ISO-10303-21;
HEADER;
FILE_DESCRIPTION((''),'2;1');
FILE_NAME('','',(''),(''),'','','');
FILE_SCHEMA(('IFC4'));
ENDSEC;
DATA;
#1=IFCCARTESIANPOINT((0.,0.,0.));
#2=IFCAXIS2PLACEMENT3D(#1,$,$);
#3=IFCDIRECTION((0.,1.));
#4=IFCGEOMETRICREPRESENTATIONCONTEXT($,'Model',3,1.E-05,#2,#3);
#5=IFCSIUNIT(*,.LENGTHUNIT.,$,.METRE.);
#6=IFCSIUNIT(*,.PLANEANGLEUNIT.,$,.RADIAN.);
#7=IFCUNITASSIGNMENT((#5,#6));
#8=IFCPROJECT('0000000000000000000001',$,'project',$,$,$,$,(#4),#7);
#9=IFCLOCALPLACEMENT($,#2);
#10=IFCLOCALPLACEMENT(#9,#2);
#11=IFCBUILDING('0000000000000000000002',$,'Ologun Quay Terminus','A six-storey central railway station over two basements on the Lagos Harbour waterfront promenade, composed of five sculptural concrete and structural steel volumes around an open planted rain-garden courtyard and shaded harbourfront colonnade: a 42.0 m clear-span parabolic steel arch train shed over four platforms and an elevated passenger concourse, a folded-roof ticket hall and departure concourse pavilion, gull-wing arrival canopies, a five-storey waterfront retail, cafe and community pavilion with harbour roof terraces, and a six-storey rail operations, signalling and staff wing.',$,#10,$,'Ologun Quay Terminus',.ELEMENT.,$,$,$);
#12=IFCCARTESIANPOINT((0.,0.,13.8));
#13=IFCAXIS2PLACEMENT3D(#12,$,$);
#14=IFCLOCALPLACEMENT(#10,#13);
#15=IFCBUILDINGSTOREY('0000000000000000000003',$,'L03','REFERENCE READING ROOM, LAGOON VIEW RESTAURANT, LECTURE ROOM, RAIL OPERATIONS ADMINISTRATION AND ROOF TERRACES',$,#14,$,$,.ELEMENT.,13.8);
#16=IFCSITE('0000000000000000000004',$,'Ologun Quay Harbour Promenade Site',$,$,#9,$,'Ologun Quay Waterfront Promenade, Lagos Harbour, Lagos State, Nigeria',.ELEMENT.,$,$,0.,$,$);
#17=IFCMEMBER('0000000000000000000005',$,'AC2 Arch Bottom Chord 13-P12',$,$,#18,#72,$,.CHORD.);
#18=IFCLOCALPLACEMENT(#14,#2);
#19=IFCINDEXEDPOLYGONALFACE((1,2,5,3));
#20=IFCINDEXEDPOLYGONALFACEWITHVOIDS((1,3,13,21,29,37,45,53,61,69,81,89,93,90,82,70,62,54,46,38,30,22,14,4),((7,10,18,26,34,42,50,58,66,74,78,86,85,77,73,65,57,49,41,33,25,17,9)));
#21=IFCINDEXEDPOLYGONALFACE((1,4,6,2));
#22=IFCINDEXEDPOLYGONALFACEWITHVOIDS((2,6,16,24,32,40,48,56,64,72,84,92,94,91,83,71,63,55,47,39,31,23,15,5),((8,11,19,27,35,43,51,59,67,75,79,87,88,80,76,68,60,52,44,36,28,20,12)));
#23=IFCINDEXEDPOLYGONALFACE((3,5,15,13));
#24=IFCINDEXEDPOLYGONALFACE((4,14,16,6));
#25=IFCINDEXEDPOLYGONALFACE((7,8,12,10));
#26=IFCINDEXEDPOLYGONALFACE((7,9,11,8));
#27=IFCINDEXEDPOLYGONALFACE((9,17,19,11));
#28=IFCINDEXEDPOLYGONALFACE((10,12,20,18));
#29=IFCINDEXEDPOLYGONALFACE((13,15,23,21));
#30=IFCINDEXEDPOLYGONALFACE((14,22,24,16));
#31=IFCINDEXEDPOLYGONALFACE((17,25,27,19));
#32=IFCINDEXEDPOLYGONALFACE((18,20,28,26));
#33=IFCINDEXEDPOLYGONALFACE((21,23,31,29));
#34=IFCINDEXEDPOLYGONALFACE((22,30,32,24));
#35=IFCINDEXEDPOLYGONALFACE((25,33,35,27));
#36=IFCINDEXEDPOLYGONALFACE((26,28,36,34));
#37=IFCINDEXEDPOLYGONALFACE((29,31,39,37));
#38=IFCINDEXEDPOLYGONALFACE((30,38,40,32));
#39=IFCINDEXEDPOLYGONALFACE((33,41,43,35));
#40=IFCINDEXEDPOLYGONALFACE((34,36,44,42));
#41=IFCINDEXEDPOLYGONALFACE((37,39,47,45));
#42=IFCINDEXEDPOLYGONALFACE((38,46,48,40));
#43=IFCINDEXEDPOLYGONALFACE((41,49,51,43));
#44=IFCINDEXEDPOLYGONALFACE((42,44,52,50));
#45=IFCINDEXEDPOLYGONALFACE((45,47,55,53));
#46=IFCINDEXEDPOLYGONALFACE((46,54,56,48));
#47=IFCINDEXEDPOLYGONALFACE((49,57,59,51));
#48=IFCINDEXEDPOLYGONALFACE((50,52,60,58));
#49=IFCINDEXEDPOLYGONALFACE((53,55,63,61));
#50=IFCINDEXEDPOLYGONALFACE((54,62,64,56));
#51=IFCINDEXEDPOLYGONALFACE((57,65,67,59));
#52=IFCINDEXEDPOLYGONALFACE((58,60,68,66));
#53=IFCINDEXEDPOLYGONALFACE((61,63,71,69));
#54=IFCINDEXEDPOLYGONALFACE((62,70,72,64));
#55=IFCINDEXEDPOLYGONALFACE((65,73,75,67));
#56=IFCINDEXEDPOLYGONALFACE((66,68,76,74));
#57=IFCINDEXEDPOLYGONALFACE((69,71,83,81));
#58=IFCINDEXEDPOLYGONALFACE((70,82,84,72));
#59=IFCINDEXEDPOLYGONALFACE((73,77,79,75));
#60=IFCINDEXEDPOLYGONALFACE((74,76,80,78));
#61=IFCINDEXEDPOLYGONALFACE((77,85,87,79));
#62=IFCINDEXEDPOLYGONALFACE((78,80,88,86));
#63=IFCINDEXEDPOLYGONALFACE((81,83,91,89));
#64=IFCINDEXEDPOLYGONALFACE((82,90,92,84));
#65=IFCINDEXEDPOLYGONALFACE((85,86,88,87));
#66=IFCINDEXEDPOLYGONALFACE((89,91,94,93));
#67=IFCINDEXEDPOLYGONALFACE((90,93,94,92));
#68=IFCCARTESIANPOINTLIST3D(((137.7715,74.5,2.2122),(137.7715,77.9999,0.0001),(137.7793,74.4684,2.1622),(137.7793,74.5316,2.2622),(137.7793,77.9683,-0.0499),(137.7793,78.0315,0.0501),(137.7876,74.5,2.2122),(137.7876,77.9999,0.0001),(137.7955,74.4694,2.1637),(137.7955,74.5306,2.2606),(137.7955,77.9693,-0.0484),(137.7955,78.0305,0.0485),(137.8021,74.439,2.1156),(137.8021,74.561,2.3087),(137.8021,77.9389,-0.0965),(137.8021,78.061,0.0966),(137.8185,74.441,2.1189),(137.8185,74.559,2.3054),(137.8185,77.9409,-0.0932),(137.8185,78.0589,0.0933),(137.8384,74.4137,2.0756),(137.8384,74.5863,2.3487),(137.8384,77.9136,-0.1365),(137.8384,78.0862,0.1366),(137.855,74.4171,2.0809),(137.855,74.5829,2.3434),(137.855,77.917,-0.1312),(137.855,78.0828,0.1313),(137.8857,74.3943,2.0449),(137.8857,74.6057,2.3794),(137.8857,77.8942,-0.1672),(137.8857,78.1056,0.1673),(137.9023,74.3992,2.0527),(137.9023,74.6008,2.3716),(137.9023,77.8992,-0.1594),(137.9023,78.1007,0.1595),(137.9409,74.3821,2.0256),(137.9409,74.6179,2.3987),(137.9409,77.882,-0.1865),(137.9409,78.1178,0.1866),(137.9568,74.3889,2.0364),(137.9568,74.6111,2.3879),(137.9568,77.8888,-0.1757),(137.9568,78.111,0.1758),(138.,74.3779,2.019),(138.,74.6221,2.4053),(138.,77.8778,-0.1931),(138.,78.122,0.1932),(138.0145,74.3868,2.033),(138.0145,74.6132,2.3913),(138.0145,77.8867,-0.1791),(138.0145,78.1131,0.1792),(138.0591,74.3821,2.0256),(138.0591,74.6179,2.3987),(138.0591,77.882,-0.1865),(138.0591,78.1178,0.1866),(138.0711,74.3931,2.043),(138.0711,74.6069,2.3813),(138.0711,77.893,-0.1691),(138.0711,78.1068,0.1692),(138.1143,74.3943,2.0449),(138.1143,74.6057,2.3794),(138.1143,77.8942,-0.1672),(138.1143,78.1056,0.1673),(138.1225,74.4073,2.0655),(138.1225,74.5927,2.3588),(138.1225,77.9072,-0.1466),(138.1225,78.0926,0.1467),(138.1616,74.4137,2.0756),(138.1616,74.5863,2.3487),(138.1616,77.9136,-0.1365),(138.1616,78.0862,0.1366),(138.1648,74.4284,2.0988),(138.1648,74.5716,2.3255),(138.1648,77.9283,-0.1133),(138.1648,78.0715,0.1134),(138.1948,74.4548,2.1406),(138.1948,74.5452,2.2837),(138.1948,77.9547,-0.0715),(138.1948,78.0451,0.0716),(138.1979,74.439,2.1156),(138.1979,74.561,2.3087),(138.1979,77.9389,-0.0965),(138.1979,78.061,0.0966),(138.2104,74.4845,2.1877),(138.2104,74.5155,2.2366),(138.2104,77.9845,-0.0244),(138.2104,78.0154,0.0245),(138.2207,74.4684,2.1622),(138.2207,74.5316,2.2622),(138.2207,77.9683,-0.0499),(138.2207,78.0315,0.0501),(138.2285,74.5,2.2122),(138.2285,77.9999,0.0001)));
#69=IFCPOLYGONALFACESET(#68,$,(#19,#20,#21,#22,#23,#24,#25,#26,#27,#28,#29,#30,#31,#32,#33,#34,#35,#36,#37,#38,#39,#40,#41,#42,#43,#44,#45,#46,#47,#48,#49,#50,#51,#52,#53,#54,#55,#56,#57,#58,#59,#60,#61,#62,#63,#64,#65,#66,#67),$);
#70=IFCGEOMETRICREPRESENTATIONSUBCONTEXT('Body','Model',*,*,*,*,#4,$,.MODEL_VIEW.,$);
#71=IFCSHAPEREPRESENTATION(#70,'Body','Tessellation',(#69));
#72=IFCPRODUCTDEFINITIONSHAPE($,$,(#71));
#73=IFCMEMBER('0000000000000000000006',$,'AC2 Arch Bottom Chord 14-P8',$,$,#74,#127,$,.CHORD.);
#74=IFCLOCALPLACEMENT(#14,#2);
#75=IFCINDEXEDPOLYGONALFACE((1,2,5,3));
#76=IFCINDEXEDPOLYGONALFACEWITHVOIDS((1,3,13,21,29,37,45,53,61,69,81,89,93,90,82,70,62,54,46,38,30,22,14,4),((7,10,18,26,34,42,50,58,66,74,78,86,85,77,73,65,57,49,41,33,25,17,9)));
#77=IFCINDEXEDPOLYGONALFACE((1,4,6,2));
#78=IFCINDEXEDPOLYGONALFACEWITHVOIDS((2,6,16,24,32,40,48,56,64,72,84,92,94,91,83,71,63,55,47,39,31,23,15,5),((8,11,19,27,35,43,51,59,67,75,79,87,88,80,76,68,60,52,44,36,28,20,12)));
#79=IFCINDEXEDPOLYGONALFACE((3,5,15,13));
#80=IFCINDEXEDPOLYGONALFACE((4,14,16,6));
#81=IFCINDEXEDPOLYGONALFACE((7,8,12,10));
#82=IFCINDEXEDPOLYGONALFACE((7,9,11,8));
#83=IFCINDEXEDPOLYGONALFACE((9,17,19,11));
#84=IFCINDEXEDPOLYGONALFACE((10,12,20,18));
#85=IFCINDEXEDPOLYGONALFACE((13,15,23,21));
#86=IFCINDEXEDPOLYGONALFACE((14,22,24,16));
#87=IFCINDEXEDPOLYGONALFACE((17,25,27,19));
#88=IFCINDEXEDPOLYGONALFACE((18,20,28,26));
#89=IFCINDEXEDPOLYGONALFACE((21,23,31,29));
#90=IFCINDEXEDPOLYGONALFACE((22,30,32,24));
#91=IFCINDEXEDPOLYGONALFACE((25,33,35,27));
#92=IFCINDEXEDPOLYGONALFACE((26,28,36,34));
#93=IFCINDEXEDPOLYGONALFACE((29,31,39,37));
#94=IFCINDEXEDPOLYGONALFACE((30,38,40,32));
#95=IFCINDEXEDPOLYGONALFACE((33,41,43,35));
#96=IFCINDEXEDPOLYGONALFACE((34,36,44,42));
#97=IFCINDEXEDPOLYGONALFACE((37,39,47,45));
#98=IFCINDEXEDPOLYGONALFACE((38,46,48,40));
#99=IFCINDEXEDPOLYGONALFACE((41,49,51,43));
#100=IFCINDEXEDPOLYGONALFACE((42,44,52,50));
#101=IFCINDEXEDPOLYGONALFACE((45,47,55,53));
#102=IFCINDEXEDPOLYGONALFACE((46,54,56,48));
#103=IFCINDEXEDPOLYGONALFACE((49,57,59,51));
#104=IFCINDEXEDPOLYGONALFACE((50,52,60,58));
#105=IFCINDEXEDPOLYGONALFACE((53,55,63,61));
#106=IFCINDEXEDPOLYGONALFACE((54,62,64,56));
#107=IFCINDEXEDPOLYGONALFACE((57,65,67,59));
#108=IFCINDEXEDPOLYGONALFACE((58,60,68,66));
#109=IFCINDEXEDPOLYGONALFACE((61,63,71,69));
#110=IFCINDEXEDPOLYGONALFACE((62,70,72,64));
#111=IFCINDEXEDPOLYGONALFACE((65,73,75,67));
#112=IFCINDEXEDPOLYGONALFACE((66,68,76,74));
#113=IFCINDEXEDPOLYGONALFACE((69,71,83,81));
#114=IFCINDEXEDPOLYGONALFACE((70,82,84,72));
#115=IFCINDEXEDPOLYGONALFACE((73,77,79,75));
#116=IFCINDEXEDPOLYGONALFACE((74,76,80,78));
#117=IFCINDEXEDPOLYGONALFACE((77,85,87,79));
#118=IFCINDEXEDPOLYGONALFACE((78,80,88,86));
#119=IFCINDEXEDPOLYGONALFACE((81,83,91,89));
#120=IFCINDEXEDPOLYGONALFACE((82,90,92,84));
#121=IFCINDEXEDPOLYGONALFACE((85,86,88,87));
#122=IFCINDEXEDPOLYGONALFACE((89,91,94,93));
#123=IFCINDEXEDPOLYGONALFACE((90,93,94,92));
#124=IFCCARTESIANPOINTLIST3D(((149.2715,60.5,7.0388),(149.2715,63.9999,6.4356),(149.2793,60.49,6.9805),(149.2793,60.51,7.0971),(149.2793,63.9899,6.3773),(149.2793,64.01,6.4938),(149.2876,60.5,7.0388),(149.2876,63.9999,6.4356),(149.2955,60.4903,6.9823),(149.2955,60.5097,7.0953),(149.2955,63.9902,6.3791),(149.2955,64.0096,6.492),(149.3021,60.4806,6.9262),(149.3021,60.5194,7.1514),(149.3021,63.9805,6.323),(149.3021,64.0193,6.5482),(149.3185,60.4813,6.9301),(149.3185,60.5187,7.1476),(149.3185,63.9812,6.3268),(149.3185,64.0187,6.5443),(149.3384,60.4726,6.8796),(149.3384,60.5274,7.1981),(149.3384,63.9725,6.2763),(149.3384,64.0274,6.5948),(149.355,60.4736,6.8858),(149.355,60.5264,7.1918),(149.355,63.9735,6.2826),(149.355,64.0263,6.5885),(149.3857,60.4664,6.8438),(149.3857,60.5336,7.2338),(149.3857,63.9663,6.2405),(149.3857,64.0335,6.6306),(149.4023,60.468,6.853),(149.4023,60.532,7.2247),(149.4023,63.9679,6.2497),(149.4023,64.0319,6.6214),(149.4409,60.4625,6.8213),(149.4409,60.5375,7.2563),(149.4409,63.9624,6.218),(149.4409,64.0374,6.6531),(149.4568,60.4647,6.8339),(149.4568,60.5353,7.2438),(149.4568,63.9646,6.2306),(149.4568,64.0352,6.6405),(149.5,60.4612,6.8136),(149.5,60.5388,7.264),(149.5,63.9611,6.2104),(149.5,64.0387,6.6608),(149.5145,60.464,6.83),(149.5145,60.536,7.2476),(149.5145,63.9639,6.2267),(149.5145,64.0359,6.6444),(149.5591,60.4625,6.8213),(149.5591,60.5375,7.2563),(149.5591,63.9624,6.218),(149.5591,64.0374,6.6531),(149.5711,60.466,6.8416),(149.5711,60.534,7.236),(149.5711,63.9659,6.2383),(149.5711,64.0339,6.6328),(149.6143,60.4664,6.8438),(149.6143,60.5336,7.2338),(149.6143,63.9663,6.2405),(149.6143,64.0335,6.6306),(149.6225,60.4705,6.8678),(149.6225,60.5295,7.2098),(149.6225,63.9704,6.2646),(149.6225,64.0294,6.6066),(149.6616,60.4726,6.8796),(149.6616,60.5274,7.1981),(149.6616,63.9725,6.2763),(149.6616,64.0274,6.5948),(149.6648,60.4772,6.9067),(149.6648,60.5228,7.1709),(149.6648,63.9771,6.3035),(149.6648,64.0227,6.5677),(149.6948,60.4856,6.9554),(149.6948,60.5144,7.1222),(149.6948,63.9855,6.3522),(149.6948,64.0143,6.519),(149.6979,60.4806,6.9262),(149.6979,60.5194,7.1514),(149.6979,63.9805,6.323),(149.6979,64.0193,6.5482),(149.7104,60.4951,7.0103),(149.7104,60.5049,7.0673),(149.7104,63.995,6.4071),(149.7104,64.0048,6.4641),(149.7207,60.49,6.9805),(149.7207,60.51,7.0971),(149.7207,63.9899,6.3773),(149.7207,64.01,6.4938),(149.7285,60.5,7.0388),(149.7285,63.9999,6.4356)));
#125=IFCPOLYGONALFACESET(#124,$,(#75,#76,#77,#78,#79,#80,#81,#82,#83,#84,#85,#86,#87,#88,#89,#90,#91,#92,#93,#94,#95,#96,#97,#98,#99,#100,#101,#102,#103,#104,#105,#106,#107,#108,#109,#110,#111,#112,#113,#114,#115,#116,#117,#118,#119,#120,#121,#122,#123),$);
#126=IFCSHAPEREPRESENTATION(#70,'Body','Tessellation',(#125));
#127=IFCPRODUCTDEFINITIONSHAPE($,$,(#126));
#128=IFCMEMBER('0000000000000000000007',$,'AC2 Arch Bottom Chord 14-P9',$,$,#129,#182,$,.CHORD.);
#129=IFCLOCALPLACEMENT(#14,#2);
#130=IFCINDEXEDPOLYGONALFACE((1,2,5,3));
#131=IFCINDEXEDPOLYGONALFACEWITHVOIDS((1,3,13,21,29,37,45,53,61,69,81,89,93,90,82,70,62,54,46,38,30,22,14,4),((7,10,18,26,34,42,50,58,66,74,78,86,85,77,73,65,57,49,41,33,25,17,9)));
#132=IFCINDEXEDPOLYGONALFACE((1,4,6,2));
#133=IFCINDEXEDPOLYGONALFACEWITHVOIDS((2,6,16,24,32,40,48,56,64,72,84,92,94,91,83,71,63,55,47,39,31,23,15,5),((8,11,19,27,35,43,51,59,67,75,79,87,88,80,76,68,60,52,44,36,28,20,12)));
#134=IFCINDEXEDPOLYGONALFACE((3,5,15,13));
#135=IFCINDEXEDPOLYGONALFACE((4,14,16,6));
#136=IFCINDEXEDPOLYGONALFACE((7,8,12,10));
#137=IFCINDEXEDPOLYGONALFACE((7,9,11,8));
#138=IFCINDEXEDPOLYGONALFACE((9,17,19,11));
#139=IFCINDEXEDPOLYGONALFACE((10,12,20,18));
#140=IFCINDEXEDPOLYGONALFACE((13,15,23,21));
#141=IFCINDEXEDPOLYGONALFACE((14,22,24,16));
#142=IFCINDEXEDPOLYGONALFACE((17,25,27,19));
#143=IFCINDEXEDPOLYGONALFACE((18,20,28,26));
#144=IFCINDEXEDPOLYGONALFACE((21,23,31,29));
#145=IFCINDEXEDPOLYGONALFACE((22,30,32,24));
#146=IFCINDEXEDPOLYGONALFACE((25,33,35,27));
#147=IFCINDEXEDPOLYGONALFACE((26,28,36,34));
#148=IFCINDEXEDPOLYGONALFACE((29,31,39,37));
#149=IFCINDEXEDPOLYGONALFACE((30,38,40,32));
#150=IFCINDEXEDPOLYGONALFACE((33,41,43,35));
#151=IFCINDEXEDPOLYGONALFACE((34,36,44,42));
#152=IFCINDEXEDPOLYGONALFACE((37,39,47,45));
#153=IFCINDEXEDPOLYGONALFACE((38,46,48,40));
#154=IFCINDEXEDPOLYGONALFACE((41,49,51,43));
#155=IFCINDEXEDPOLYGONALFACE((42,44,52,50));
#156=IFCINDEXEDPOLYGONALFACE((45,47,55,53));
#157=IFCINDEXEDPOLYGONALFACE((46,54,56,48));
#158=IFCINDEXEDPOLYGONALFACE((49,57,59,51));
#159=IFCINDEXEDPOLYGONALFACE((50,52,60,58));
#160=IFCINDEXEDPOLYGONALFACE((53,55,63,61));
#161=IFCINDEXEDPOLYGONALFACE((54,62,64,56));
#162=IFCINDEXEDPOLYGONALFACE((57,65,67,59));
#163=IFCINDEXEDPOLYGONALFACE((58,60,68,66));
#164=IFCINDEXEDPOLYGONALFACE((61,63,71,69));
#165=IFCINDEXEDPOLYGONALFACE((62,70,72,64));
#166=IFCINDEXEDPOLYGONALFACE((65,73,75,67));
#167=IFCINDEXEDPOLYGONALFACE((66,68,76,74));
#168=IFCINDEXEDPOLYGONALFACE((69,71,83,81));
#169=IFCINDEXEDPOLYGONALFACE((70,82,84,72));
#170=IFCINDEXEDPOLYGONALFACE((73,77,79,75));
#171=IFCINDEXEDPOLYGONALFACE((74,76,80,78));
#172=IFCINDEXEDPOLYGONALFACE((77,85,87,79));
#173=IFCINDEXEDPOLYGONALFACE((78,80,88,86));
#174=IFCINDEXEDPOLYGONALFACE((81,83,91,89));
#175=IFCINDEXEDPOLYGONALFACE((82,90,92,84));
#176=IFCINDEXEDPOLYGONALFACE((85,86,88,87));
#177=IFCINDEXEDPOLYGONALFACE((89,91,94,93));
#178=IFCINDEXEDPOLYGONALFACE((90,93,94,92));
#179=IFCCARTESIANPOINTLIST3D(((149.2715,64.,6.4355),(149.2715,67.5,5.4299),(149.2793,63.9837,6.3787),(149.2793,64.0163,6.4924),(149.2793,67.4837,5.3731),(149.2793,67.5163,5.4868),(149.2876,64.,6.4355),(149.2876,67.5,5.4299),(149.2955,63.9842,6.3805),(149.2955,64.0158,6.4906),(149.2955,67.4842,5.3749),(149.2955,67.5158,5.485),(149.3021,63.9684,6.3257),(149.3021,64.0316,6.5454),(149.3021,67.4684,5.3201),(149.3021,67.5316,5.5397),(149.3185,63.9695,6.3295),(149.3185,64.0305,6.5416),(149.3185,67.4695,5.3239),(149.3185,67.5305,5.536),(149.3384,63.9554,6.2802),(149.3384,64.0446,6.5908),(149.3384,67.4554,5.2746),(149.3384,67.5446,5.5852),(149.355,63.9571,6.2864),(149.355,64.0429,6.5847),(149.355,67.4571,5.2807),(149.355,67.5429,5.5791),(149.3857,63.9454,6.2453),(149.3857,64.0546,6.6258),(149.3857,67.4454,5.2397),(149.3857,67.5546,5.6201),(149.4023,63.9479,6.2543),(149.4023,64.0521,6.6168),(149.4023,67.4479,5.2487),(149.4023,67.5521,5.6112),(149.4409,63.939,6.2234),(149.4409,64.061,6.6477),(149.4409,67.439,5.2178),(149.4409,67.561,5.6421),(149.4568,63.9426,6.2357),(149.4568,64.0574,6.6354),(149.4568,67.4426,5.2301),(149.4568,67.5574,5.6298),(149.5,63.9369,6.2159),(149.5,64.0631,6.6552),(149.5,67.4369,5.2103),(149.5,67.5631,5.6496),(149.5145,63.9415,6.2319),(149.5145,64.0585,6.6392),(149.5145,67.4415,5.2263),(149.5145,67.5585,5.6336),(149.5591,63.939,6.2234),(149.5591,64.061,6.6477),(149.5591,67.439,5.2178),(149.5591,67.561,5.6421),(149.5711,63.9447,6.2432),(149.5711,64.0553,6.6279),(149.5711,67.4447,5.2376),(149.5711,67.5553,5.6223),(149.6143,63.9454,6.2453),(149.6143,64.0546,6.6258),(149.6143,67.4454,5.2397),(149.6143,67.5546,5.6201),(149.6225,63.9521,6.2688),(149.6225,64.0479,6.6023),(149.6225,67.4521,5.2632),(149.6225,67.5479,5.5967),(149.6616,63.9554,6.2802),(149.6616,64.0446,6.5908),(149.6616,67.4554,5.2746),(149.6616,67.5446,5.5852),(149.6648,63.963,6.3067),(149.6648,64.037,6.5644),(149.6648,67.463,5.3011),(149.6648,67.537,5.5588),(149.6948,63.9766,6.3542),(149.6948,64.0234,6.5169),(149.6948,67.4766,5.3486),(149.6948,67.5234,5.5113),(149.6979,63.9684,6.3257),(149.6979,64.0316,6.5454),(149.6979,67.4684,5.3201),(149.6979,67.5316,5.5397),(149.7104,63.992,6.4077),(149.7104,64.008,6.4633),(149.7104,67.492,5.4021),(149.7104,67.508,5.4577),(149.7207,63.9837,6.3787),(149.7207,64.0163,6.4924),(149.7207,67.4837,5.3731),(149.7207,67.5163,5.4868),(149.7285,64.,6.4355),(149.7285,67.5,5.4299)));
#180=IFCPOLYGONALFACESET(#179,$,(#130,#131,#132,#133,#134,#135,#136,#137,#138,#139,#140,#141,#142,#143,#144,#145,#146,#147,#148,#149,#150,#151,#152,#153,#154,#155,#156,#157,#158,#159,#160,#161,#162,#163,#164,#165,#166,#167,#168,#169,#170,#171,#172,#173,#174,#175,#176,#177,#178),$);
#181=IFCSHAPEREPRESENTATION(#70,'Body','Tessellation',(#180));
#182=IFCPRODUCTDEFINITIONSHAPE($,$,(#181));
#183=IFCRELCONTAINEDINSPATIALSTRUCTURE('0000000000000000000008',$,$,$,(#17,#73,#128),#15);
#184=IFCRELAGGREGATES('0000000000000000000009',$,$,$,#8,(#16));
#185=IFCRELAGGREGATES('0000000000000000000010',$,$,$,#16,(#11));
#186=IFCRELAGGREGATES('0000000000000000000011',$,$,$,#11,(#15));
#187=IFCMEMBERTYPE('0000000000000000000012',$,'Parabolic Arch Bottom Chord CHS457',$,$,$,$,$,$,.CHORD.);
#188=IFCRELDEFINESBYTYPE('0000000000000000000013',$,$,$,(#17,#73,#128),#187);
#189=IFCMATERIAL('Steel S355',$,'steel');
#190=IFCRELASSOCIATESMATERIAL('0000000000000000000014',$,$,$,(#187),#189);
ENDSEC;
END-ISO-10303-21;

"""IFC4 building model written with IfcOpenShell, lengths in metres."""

from ifc_helpers import new_model, si_unit, direction, frame, origin, origin_2d, place, context, subcontext, project, spatial, hollow_circle, extrude, material, material_profile, profile_set, type_object, element, save


model = new_model("IFC4")

# Units and contexts
model_context = context("Model", 3, precision=1e-05, world=origin(), true_north=direction((0.0, 1.0)))
body_context = subcontext(model_context, "Body", "Model", "MODEL_VIEW")
ifc_project = project(units=[si_unit("LENGTHUNIT", "METRE"), si_unit("PLANEANGLEUNIT", "RADIAN")], contexts=[model_context])

# Site, building, storey
site_placement = place(None, origin())
site = spatial("IfcSite", under=ifc_project, at=site_placement, Name="Ologun Quay Harbour Promenade Site", LongName="Ologun Quay Waterfront Promenade, Lagos Harbour, Lagos State, Nigeria", CompositionType="ELEMENT", RefElevation=0.0)
building_placement = place(site_placement, origin())
building = spatial("IfcBuilding", under=site, at=building_placement, Name="Ologun Quay Terminus", Description="A six-storey central railway station over two basements on the Lagos Harbour waterfront promenade, composed of five sculptural concrete and structural steel volumes around an open planted rain-garden courtyard and shaded harbourfront colonnade: a 42.0 m clear-span parabolic steel arch train shed over four platforms and an elevated passenger concourse, a folded-roof ticket hall and departure concourse pavilion, gull-wing arrival canopies, a five-storey waterfront retail, cafe and community pavilion with harbour roof terraces, and a six-storey rail operations, signalling and staff wing.", LongName="Ologun Quay Terminus", CompositionType="ELEMENT")
storey_placement = place(building_placement, frame((0.0, 0.0, 13.8)))
storey = spatial("IfcBuildingStorey", under=building, at=storey_placement, Name="L03", Description="REFERENCE READING ROOM, LAGOON VIEW RESTAURANT, LECTURE ROOM, RAIL OPERATIONS ADMINISTRATION AND ROOF TERRACES", CompositionType="ELEMENT", Elevation=13.8)

# Members
ifc_material_1 = material(Name="Steel S355", Category="steel")
ifc_material_profile_1 = material_profile(ifc_material_1, hollow_circle(Radius=0.2285, WallThickness=0.0161, at=origin_2d()), Name="CHS 457x16")
ifc_profile_set_1 = profile_set([ifc_material_profile_1], Name="Steel S355")
member_type_1 = type_object("IfcMemberType", Name="Parabolic Arch Bottom Chord CHS457", PredefinedType="CHORD", material=ifc_profile_set_1)
member_1_placement = place(storey_placement, frame((138.0, 74.5, 2.2122), z_axis=(0.0, 0.845311, -0.534275), x_axis=(-1.0, 0.0, 0.0)))
element("IfcMember", 1, at=member_1_placement, inside=storey, type_object=member_type_1, Name="AC2 Arch Bottom Chord 13-P12", PredefinedType="CHORD", context=body_context, shape_type="SweptSolid", body=[
    extrude(hollow_circle(Radius=0.2285, WallThickness=0.0161, at=origin_2d()), origin(), (0.0, 0.0, 1.0), 4.1404),
])
member_2_placement = place(storey_placement, frame((149.5, 60.5, 7.0388), z_axis=(0.0, 0.985468, -0.169859), x_axis=(-1.0, 0.0, 0.0)))
element("IfcMember", 2, at=member_2_placement, inside=storey, type_object=member_type_1, Name="AC2 Arch Bottom Chord 14-P8", PredefinedType="CHORD", context=body_context, shape_type="SweptSolid", body=[
    extrude(hollow_circle(Radius=0.2285, WallThickness=0.0161, at=origin_2d()), origin(), (0.0, 0.0, 1.0), 3.5515),
])
member_3_placement = place(storey_placement, frame((149.5, 64.0, 6.4355), z_axis=(0.0, 0.961116, -0.276146), x_axis=(-1.0, 0.0, 0.0)))
element("IfcMember", 3, at=member_3_placement, inside=storey, type_object=member_type_1, Name="AC2 Arch Bottom Chord 14-P9", PredefinedType="CHORD", context=body_context, shape_type="SweptSolid", body=[
    extrude(hollow_circle(Radius=0.2285, WallThickness=0.0161, at=origin_2d()), origin(), (0.0, 0.0, 1.0), 3.6416),
])

save(model, "model.ifc")
